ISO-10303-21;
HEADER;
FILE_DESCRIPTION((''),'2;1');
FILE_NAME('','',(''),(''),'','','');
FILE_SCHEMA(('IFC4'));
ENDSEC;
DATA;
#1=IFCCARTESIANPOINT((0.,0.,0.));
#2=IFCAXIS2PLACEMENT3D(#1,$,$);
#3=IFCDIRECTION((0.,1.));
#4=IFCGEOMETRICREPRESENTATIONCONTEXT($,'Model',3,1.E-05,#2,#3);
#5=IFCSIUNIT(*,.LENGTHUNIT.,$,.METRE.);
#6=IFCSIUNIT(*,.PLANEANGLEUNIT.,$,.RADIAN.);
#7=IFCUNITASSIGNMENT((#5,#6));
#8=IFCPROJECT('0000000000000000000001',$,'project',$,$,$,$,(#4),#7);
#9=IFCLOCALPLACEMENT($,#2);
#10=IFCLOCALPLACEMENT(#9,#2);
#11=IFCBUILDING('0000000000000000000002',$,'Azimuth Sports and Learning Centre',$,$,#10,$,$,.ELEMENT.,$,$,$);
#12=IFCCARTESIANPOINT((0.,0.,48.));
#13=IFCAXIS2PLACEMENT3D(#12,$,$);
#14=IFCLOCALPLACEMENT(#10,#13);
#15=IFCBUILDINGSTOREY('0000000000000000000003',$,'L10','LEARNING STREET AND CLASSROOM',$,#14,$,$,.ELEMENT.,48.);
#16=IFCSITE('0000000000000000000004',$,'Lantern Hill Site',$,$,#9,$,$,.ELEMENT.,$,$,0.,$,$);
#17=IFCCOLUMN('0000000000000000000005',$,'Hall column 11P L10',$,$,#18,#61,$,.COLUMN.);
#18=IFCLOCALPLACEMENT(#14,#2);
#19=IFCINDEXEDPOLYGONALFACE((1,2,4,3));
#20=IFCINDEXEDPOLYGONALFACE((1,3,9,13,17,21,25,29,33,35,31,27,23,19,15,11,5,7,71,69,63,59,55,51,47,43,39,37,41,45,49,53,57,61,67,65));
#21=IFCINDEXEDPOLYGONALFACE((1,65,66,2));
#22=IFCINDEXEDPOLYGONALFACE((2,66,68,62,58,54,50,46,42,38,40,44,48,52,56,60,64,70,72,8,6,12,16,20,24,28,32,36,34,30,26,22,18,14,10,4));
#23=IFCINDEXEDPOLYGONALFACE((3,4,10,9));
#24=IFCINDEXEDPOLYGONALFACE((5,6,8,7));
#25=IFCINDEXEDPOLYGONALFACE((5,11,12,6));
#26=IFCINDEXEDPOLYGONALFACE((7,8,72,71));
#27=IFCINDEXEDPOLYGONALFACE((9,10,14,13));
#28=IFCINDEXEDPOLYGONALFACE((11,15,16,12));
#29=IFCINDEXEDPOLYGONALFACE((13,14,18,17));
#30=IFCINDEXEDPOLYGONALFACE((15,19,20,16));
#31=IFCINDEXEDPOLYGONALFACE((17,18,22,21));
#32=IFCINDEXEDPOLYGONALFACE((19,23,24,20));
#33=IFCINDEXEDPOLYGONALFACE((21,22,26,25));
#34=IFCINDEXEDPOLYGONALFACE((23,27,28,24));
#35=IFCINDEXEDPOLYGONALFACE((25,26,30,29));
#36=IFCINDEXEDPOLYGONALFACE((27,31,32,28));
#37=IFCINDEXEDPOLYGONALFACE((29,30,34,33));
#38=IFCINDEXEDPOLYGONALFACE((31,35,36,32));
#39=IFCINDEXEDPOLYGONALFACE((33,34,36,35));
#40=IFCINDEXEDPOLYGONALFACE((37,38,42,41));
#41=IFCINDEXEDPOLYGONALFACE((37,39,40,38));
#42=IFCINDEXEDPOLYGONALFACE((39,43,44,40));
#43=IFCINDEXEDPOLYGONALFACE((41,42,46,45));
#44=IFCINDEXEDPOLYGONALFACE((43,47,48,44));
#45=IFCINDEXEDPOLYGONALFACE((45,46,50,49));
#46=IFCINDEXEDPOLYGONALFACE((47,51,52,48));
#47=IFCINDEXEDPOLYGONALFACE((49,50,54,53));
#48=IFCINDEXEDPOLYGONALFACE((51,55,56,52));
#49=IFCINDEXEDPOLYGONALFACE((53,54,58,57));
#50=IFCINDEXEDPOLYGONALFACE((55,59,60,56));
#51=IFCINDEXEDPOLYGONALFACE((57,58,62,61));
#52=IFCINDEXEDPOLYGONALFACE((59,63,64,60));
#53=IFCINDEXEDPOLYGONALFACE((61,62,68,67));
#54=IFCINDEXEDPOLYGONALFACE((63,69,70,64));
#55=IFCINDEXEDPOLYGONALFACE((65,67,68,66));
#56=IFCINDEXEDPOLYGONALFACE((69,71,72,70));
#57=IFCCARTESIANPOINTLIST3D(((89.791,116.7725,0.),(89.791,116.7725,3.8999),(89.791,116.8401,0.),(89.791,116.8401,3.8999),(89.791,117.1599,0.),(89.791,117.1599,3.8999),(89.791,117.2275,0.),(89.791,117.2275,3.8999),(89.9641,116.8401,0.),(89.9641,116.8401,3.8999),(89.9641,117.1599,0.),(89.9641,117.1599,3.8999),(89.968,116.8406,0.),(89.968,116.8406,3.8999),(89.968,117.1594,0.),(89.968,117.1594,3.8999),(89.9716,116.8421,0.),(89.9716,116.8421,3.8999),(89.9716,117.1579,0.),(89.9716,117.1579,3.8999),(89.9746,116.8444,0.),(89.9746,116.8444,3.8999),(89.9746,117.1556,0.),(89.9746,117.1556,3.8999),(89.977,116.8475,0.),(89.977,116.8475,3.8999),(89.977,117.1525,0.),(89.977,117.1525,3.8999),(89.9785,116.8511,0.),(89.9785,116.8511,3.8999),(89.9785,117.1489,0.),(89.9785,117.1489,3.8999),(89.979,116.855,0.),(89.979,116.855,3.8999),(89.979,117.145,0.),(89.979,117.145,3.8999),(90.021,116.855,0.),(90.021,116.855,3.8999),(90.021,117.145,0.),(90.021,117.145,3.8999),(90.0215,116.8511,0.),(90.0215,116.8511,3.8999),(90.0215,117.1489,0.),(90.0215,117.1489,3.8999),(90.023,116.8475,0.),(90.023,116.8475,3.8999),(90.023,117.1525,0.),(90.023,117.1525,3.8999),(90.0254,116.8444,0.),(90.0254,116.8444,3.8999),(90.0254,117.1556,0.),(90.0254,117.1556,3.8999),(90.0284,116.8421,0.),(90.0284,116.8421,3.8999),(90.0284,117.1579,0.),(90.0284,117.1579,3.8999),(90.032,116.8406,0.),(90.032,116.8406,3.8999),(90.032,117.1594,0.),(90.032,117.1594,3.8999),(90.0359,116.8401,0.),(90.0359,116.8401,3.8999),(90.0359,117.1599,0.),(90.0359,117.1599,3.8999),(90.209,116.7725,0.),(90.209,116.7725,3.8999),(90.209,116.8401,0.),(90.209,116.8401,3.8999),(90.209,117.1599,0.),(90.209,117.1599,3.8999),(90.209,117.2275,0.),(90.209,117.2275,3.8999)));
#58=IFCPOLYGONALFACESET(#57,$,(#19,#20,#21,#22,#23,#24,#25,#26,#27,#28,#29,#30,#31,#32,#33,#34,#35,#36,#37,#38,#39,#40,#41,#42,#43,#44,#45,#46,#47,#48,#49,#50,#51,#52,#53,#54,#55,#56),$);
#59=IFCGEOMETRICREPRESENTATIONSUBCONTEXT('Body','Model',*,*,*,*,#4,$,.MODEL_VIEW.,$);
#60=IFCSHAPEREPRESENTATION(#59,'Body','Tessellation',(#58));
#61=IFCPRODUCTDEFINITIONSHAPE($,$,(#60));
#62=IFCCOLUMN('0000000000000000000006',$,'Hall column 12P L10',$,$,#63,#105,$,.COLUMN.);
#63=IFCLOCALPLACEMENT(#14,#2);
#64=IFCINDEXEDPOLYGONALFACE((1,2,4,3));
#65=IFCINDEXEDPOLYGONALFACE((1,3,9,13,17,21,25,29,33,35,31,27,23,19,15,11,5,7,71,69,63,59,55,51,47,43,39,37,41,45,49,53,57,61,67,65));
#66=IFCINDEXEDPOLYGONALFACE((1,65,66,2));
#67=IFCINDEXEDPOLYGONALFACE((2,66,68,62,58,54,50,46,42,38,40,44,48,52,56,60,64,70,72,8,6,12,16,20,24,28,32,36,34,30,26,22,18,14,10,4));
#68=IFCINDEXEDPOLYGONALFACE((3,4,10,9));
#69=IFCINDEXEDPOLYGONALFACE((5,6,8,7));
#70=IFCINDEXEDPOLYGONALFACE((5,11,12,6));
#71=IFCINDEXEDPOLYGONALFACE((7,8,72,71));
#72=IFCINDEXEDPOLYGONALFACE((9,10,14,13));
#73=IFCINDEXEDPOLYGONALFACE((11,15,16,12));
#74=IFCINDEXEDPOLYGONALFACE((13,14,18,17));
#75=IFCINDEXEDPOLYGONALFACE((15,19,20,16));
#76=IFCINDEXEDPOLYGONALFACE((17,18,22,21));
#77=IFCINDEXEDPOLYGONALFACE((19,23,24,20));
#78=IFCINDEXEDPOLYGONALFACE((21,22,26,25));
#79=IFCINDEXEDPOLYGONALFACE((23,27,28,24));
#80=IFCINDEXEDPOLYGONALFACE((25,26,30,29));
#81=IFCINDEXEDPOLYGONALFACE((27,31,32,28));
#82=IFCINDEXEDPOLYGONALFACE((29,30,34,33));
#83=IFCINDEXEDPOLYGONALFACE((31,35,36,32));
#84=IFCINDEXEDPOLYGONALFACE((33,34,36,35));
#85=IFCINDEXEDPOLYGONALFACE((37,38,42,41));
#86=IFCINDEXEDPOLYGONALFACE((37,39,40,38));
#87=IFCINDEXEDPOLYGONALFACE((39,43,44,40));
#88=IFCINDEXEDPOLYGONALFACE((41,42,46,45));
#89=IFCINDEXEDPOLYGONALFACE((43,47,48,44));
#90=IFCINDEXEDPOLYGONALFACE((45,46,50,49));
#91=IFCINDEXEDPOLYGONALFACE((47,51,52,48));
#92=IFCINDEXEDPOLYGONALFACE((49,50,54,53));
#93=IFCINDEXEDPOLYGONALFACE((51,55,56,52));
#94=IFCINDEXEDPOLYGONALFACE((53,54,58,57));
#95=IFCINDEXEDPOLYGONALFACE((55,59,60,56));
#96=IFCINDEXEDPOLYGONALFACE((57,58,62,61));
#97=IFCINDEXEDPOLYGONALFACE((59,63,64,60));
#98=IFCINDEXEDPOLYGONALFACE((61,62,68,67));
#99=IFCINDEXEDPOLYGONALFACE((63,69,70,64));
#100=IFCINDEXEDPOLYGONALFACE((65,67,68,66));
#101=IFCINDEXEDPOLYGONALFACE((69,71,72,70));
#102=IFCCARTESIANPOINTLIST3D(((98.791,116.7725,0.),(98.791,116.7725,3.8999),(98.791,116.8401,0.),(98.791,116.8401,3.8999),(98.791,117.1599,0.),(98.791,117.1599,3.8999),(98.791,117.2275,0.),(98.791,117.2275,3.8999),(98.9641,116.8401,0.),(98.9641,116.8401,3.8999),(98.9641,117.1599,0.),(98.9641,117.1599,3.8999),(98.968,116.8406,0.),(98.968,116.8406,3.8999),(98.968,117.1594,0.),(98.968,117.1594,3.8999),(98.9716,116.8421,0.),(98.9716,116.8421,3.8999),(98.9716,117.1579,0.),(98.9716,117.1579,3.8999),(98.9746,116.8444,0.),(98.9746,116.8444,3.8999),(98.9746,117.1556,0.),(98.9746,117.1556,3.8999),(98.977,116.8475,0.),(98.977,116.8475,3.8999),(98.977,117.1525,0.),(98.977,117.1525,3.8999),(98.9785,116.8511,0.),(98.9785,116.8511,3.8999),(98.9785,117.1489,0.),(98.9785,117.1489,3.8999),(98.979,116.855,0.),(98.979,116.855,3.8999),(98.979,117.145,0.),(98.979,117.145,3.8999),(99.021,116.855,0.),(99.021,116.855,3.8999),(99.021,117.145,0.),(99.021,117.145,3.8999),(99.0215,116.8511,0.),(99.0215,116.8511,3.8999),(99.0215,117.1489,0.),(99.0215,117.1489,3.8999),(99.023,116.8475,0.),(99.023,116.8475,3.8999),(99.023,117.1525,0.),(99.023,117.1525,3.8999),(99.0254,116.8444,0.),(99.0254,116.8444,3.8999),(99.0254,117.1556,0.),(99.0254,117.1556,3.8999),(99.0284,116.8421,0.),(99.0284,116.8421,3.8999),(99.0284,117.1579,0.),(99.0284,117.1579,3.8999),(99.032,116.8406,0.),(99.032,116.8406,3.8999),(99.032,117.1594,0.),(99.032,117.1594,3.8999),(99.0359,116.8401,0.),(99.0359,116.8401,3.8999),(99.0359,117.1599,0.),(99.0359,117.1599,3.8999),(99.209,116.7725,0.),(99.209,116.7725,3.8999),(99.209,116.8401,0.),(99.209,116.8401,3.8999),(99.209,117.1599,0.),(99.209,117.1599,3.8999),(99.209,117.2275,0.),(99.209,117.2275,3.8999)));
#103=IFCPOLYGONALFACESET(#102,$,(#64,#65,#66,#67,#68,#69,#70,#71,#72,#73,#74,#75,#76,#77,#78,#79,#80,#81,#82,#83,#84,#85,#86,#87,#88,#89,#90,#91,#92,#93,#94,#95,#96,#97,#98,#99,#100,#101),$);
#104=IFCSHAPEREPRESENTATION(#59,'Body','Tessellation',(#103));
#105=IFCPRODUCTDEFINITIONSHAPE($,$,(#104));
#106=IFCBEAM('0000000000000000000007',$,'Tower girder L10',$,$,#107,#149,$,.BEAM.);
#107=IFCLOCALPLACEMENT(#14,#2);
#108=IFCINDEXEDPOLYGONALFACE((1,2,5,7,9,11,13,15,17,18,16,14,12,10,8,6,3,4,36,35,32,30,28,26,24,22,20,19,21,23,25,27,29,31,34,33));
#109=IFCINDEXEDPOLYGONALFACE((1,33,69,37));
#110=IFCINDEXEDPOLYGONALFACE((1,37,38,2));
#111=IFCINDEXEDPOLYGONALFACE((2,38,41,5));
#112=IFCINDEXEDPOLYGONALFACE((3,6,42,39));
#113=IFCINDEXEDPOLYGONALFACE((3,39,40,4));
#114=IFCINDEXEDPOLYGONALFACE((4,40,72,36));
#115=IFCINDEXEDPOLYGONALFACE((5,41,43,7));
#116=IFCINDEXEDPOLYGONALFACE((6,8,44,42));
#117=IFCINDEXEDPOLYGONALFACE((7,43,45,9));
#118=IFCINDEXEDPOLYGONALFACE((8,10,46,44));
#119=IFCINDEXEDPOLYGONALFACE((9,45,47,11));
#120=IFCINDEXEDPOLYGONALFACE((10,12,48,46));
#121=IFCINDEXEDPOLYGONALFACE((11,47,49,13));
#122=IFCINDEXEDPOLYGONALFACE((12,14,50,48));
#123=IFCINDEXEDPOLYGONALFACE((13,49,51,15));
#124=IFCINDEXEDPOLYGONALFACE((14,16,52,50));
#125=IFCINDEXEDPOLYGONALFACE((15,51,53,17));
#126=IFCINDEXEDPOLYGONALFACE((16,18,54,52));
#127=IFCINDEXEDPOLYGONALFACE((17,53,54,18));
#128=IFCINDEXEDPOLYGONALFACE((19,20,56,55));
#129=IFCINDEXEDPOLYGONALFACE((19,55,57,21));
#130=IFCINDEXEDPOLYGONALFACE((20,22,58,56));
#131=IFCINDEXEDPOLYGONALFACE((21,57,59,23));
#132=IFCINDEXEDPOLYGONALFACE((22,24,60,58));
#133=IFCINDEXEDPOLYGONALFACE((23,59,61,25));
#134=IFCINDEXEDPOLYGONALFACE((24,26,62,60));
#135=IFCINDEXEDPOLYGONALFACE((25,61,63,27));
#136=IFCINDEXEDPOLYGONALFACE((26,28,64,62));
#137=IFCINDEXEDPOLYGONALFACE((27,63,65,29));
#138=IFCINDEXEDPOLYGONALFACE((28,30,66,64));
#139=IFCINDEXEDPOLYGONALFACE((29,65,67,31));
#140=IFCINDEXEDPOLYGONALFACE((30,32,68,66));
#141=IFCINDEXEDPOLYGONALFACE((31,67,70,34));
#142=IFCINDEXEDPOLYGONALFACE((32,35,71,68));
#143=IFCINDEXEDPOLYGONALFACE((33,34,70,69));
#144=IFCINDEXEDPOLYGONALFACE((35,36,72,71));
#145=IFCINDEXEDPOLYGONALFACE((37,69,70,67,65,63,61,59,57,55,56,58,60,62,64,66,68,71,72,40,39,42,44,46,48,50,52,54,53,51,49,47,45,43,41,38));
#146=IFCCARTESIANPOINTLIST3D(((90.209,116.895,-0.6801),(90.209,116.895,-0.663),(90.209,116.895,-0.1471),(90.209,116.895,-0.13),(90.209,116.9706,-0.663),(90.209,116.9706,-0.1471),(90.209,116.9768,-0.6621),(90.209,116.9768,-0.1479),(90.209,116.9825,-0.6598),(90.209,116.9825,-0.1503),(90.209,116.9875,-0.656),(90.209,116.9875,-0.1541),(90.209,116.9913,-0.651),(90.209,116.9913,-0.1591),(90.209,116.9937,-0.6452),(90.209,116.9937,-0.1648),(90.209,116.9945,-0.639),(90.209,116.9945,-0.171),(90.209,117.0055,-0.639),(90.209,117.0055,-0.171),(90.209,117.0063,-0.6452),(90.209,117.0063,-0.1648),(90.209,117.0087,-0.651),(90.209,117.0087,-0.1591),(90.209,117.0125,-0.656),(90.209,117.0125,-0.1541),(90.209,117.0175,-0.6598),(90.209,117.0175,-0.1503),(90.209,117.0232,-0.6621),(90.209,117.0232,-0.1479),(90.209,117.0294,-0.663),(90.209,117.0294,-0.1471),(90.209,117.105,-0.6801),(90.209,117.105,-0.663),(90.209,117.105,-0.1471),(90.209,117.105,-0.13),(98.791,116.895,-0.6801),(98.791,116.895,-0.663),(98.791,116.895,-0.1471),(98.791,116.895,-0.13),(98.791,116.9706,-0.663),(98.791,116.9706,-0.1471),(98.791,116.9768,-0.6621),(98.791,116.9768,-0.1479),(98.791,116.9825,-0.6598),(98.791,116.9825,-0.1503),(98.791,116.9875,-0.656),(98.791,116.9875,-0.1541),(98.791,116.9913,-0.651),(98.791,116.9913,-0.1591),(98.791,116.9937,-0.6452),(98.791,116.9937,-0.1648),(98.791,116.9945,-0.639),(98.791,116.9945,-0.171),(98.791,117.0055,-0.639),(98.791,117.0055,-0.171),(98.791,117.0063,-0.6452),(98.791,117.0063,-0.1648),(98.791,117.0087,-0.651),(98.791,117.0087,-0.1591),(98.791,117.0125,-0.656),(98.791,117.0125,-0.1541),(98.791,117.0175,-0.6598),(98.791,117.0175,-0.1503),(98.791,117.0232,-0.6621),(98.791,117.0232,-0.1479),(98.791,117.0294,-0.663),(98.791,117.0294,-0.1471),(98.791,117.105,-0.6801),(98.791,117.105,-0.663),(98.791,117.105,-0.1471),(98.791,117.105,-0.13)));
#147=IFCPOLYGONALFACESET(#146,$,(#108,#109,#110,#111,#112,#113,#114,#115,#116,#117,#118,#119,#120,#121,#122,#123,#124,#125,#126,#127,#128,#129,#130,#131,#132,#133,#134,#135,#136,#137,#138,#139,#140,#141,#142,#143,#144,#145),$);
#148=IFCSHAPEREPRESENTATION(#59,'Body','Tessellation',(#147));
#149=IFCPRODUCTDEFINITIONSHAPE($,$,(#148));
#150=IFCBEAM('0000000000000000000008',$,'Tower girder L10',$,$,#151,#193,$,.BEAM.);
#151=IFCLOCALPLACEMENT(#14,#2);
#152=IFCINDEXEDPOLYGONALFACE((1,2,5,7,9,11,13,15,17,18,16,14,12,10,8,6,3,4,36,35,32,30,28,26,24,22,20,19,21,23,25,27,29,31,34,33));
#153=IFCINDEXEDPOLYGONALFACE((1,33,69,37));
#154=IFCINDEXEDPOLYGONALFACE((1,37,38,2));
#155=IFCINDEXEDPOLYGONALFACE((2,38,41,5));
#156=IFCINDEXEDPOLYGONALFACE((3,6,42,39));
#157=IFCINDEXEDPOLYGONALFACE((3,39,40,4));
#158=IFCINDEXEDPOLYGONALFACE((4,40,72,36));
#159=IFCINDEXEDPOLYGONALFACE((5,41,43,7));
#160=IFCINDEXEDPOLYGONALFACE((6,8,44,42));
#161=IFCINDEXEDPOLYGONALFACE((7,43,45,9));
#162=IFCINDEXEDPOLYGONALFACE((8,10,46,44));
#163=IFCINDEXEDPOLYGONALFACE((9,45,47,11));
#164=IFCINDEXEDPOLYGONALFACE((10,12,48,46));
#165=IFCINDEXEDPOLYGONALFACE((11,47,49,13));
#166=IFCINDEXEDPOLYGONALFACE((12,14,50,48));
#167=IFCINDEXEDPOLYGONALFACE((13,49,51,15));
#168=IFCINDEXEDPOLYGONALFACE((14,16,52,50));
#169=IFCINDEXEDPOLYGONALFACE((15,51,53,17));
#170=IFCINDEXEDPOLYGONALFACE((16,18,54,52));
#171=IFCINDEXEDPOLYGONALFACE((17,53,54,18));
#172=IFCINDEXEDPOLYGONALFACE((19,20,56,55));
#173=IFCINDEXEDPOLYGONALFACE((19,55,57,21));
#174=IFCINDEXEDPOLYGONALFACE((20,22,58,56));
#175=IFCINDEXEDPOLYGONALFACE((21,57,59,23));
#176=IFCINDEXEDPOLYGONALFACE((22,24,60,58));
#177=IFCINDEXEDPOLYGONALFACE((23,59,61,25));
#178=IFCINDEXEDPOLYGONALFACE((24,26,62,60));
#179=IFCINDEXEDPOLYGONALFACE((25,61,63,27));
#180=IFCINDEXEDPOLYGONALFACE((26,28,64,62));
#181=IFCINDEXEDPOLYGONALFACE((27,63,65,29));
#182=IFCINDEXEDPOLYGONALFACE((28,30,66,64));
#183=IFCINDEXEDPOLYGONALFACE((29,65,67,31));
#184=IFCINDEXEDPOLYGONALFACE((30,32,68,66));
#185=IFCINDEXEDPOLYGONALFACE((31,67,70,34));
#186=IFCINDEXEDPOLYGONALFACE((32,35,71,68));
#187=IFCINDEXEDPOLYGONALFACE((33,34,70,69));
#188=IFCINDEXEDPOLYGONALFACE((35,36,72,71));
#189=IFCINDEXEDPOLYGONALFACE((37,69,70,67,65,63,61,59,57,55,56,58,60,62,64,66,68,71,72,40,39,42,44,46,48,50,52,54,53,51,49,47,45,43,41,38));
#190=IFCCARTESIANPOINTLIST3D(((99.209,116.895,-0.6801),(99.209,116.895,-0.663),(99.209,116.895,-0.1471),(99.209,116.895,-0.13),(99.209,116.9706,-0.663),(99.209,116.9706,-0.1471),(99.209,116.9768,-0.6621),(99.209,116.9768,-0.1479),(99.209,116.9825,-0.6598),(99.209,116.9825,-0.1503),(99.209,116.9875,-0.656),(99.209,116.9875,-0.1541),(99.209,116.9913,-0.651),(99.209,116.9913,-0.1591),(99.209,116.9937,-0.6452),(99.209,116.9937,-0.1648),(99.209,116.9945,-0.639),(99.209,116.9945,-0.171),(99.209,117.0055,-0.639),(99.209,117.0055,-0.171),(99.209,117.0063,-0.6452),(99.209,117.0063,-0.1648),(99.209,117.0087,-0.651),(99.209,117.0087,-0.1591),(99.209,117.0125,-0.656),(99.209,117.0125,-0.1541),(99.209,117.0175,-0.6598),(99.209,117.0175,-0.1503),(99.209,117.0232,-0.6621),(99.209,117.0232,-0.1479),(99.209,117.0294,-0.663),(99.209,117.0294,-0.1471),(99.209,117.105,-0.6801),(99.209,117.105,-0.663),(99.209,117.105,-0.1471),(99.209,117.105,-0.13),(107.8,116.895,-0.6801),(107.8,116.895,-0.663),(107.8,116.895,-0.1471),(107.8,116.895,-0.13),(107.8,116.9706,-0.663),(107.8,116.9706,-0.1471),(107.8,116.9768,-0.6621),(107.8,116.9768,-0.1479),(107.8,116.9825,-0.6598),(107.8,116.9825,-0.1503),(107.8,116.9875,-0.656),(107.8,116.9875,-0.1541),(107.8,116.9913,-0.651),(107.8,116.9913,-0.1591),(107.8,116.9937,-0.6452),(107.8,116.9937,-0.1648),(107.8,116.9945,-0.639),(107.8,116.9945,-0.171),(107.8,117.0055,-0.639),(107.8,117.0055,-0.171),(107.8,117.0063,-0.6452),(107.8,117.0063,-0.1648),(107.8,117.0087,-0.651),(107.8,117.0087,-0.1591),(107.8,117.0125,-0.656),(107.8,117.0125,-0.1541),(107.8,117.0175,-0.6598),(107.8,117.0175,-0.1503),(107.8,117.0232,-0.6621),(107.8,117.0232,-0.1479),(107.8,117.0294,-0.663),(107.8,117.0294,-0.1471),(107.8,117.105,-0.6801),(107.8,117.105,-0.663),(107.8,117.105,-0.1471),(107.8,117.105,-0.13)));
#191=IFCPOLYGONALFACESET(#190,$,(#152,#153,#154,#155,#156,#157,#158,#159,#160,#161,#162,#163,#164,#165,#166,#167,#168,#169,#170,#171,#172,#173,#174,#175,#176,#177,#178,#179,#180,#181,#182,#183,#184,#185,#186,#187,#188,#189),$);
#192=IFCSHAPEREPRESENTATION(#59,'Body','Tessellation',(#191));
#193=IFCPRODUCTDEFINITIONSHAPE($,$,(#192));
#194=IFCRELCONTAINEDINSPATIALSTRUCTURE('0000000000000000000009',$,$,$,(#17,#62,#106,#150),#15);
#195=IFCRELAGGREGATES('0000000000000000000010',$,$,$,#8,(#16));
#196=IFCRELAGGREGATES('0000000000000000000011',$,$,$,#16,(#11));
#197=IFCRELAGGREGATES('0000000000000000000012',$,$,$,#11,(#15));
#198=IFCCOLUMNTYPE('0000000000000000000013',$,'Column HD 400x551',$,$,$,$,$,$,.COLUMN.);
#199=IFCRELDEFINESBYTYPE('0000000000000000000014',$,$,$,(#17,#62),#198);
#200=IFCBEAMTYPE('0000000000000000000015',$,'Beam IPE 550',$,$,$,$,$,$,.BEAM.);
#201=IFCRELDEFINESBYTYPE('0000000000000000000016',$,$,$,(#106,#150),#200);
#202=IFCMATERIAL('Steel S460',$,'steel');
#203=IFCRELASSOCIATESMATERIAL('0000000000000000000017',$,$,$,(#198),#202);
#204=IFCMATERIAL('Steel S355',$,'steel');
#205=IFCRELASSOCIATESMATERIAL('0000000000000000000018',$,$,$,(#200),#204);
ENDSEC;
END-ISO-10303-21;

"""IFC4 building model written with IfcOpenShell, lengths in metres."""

from ifc_helpers import new_model, si_unit, direction, frame, origin, origin_2d, place, context, subcontext, project, spatial, i_section, extrude, material, material_profile, profile_set, type_object, element, save


model = new_model("IFC4")

# Units and contexts
model_context = context("Model", 3, precision=1e-05, world=origin(), true_north=direction((0.0, 1.0)))
body_context = subcontext(model_context, "Body", "Model", "MODEL_VIEW")
ifc_project = project(units=[si_unit("LENGTHUNIT", "METRE"), si_unit("PLANEANGLEUNIT", "RADIAN")], contexts=[model_context])

# Site, building, storey
site_placement = place(None, origin())
site = spatial("IfcSite", under=ifc_project, at=site_placement, Name="Lantern Hill Site", CompositionType="ELEMENT", RefElevation=0.0)
building_placement = place(site_placement, origin())
building = spatial("IfcBuilding", under=site, at=building_placement, Name="Azimuth Sports and Learning Centre", CompositionType="ELEMENT")
storey_placement = place(building_placement, frame((0.0, 0.0, 48.0)))
storey = spatial("IfcBuildingStorey", under=building, at=storey_placement, Name="L10", Description="LEARNING STREET AND CLASSROOM", CompositionType="ELEMENT", Elevation=48.0)

# Columns
ifc_material_1 = material(Name="Steel S460", Category="steel")
ifc_material_profile_1 = material_profile(ifc_material_1, i_section(OverallWidth=0.418, OverallDepth=0.4551, WebThickness=0.042, FlangeThickness=0.0676, FilletRadius=0.0149, at=origin_2d()), Name="HD 400x551")
ifc_profile_set_1 = profile_set([ifc_material_profile_1], Name="Steel S460")
column_type = type_object("IfcColumnType", Name="Column HD 400x551", PredefinedType="COLUMN", material=ifc_profile_set_1)
for number, where, z_axis, x_axis, name in (
    (1, (90.0, 117.0, 0.0), (0.0, 0.0, 1.0), (1.0, 0.0, 0.0), "Hall column 11P L10"),
    (2, (99.0, 117.0, 0.0), (0.0, 0.0, 1.0), (1.0, 0.0, 0.0), "Hall column 12P L10"),
):
    element("IfcColumn", number, at=place(storey_placement, frame(where, z_axis=z_axis, x_axis=x_axis)), inside=storey, type_object=column_type, Name=name, PredefinedType="COLUMN", context=body_context, shape_type="SweptSolid", body=[
        extrude(i_section(OverallWidth=0.418, OverallDepth=0.4551, WebThickness=0.042, FlangeThickness=0.0676, FilletRadius=0.0149, at=origin_2d()), origin(), (0.0, 0.0, 1.0), 3.8999),
    ])

# Beams
ifc_material_2 = material(Name="Steel S355", Category="steel")
ifc_material_profile_2 = material_profile(ifc_material_2, i_section(OverallWidth=0.21, OverallDepth=0.55, WebThickness=0.011, FlangeThickness=0.0171, FilletRadius=0.0239, at=origin_2d()), Name="IPE 550")
ifc_profile_set_2 = profile_set([ifc_material_profile_2], Name="Steel S355")
beam_type_1 = type_object("IfcBeamType", Name="Beam IPE 550", PredefinedType="BEAM", material=ifc_profile_set_2)
beam_1_placement = place(storey_placement, frame((90.209, 117.0, -0.405), z_axis=(1.0, 0.0, 0.0), x_axis=(0.0, 1.0, 0.0)))
element("IfcBeam", 3, at=beam_1_placement, inside=storey, type_object=beam_type_1, Name="Tower girder L10", PredefinedType="BEAM", context=body_context, shape_type="SweptSolid", body=[
    extrude(i_section(OverallWidth=0.21, OverallDepth=0.55, WebThickness=0.011, FlangeThickness=0.0171, FilletRadius=0.0239, at=origin_2d()), origin(), (0.0, 0.0, 1.0), 8.582),
])
beam_2_placement = place(storey_placement, frame((99.209, 117.0, -0.405), z_axis=(1.0, 0.0, 0.0), x_axis=(0.0, 1.0, 0.0)))
element("IfcBeam", 4, at=beam_2_placement, inside=storey, type_object=beam_type_1, Name="Tower girder L10", PredefinedType="BEAM", context=body_context, shape_type="SweptSolid", body=[
    extrude(i_section(OverallWidth=0.21, OverallDepth=0.55, WebThickness=0.011, FlangeThickness=0.0171, FilletRadius=0.0239, at=origin_2d()), origin(), (0.0, 0.0, 1.0), 8.5911),
])

save(model, "model.ifc")
